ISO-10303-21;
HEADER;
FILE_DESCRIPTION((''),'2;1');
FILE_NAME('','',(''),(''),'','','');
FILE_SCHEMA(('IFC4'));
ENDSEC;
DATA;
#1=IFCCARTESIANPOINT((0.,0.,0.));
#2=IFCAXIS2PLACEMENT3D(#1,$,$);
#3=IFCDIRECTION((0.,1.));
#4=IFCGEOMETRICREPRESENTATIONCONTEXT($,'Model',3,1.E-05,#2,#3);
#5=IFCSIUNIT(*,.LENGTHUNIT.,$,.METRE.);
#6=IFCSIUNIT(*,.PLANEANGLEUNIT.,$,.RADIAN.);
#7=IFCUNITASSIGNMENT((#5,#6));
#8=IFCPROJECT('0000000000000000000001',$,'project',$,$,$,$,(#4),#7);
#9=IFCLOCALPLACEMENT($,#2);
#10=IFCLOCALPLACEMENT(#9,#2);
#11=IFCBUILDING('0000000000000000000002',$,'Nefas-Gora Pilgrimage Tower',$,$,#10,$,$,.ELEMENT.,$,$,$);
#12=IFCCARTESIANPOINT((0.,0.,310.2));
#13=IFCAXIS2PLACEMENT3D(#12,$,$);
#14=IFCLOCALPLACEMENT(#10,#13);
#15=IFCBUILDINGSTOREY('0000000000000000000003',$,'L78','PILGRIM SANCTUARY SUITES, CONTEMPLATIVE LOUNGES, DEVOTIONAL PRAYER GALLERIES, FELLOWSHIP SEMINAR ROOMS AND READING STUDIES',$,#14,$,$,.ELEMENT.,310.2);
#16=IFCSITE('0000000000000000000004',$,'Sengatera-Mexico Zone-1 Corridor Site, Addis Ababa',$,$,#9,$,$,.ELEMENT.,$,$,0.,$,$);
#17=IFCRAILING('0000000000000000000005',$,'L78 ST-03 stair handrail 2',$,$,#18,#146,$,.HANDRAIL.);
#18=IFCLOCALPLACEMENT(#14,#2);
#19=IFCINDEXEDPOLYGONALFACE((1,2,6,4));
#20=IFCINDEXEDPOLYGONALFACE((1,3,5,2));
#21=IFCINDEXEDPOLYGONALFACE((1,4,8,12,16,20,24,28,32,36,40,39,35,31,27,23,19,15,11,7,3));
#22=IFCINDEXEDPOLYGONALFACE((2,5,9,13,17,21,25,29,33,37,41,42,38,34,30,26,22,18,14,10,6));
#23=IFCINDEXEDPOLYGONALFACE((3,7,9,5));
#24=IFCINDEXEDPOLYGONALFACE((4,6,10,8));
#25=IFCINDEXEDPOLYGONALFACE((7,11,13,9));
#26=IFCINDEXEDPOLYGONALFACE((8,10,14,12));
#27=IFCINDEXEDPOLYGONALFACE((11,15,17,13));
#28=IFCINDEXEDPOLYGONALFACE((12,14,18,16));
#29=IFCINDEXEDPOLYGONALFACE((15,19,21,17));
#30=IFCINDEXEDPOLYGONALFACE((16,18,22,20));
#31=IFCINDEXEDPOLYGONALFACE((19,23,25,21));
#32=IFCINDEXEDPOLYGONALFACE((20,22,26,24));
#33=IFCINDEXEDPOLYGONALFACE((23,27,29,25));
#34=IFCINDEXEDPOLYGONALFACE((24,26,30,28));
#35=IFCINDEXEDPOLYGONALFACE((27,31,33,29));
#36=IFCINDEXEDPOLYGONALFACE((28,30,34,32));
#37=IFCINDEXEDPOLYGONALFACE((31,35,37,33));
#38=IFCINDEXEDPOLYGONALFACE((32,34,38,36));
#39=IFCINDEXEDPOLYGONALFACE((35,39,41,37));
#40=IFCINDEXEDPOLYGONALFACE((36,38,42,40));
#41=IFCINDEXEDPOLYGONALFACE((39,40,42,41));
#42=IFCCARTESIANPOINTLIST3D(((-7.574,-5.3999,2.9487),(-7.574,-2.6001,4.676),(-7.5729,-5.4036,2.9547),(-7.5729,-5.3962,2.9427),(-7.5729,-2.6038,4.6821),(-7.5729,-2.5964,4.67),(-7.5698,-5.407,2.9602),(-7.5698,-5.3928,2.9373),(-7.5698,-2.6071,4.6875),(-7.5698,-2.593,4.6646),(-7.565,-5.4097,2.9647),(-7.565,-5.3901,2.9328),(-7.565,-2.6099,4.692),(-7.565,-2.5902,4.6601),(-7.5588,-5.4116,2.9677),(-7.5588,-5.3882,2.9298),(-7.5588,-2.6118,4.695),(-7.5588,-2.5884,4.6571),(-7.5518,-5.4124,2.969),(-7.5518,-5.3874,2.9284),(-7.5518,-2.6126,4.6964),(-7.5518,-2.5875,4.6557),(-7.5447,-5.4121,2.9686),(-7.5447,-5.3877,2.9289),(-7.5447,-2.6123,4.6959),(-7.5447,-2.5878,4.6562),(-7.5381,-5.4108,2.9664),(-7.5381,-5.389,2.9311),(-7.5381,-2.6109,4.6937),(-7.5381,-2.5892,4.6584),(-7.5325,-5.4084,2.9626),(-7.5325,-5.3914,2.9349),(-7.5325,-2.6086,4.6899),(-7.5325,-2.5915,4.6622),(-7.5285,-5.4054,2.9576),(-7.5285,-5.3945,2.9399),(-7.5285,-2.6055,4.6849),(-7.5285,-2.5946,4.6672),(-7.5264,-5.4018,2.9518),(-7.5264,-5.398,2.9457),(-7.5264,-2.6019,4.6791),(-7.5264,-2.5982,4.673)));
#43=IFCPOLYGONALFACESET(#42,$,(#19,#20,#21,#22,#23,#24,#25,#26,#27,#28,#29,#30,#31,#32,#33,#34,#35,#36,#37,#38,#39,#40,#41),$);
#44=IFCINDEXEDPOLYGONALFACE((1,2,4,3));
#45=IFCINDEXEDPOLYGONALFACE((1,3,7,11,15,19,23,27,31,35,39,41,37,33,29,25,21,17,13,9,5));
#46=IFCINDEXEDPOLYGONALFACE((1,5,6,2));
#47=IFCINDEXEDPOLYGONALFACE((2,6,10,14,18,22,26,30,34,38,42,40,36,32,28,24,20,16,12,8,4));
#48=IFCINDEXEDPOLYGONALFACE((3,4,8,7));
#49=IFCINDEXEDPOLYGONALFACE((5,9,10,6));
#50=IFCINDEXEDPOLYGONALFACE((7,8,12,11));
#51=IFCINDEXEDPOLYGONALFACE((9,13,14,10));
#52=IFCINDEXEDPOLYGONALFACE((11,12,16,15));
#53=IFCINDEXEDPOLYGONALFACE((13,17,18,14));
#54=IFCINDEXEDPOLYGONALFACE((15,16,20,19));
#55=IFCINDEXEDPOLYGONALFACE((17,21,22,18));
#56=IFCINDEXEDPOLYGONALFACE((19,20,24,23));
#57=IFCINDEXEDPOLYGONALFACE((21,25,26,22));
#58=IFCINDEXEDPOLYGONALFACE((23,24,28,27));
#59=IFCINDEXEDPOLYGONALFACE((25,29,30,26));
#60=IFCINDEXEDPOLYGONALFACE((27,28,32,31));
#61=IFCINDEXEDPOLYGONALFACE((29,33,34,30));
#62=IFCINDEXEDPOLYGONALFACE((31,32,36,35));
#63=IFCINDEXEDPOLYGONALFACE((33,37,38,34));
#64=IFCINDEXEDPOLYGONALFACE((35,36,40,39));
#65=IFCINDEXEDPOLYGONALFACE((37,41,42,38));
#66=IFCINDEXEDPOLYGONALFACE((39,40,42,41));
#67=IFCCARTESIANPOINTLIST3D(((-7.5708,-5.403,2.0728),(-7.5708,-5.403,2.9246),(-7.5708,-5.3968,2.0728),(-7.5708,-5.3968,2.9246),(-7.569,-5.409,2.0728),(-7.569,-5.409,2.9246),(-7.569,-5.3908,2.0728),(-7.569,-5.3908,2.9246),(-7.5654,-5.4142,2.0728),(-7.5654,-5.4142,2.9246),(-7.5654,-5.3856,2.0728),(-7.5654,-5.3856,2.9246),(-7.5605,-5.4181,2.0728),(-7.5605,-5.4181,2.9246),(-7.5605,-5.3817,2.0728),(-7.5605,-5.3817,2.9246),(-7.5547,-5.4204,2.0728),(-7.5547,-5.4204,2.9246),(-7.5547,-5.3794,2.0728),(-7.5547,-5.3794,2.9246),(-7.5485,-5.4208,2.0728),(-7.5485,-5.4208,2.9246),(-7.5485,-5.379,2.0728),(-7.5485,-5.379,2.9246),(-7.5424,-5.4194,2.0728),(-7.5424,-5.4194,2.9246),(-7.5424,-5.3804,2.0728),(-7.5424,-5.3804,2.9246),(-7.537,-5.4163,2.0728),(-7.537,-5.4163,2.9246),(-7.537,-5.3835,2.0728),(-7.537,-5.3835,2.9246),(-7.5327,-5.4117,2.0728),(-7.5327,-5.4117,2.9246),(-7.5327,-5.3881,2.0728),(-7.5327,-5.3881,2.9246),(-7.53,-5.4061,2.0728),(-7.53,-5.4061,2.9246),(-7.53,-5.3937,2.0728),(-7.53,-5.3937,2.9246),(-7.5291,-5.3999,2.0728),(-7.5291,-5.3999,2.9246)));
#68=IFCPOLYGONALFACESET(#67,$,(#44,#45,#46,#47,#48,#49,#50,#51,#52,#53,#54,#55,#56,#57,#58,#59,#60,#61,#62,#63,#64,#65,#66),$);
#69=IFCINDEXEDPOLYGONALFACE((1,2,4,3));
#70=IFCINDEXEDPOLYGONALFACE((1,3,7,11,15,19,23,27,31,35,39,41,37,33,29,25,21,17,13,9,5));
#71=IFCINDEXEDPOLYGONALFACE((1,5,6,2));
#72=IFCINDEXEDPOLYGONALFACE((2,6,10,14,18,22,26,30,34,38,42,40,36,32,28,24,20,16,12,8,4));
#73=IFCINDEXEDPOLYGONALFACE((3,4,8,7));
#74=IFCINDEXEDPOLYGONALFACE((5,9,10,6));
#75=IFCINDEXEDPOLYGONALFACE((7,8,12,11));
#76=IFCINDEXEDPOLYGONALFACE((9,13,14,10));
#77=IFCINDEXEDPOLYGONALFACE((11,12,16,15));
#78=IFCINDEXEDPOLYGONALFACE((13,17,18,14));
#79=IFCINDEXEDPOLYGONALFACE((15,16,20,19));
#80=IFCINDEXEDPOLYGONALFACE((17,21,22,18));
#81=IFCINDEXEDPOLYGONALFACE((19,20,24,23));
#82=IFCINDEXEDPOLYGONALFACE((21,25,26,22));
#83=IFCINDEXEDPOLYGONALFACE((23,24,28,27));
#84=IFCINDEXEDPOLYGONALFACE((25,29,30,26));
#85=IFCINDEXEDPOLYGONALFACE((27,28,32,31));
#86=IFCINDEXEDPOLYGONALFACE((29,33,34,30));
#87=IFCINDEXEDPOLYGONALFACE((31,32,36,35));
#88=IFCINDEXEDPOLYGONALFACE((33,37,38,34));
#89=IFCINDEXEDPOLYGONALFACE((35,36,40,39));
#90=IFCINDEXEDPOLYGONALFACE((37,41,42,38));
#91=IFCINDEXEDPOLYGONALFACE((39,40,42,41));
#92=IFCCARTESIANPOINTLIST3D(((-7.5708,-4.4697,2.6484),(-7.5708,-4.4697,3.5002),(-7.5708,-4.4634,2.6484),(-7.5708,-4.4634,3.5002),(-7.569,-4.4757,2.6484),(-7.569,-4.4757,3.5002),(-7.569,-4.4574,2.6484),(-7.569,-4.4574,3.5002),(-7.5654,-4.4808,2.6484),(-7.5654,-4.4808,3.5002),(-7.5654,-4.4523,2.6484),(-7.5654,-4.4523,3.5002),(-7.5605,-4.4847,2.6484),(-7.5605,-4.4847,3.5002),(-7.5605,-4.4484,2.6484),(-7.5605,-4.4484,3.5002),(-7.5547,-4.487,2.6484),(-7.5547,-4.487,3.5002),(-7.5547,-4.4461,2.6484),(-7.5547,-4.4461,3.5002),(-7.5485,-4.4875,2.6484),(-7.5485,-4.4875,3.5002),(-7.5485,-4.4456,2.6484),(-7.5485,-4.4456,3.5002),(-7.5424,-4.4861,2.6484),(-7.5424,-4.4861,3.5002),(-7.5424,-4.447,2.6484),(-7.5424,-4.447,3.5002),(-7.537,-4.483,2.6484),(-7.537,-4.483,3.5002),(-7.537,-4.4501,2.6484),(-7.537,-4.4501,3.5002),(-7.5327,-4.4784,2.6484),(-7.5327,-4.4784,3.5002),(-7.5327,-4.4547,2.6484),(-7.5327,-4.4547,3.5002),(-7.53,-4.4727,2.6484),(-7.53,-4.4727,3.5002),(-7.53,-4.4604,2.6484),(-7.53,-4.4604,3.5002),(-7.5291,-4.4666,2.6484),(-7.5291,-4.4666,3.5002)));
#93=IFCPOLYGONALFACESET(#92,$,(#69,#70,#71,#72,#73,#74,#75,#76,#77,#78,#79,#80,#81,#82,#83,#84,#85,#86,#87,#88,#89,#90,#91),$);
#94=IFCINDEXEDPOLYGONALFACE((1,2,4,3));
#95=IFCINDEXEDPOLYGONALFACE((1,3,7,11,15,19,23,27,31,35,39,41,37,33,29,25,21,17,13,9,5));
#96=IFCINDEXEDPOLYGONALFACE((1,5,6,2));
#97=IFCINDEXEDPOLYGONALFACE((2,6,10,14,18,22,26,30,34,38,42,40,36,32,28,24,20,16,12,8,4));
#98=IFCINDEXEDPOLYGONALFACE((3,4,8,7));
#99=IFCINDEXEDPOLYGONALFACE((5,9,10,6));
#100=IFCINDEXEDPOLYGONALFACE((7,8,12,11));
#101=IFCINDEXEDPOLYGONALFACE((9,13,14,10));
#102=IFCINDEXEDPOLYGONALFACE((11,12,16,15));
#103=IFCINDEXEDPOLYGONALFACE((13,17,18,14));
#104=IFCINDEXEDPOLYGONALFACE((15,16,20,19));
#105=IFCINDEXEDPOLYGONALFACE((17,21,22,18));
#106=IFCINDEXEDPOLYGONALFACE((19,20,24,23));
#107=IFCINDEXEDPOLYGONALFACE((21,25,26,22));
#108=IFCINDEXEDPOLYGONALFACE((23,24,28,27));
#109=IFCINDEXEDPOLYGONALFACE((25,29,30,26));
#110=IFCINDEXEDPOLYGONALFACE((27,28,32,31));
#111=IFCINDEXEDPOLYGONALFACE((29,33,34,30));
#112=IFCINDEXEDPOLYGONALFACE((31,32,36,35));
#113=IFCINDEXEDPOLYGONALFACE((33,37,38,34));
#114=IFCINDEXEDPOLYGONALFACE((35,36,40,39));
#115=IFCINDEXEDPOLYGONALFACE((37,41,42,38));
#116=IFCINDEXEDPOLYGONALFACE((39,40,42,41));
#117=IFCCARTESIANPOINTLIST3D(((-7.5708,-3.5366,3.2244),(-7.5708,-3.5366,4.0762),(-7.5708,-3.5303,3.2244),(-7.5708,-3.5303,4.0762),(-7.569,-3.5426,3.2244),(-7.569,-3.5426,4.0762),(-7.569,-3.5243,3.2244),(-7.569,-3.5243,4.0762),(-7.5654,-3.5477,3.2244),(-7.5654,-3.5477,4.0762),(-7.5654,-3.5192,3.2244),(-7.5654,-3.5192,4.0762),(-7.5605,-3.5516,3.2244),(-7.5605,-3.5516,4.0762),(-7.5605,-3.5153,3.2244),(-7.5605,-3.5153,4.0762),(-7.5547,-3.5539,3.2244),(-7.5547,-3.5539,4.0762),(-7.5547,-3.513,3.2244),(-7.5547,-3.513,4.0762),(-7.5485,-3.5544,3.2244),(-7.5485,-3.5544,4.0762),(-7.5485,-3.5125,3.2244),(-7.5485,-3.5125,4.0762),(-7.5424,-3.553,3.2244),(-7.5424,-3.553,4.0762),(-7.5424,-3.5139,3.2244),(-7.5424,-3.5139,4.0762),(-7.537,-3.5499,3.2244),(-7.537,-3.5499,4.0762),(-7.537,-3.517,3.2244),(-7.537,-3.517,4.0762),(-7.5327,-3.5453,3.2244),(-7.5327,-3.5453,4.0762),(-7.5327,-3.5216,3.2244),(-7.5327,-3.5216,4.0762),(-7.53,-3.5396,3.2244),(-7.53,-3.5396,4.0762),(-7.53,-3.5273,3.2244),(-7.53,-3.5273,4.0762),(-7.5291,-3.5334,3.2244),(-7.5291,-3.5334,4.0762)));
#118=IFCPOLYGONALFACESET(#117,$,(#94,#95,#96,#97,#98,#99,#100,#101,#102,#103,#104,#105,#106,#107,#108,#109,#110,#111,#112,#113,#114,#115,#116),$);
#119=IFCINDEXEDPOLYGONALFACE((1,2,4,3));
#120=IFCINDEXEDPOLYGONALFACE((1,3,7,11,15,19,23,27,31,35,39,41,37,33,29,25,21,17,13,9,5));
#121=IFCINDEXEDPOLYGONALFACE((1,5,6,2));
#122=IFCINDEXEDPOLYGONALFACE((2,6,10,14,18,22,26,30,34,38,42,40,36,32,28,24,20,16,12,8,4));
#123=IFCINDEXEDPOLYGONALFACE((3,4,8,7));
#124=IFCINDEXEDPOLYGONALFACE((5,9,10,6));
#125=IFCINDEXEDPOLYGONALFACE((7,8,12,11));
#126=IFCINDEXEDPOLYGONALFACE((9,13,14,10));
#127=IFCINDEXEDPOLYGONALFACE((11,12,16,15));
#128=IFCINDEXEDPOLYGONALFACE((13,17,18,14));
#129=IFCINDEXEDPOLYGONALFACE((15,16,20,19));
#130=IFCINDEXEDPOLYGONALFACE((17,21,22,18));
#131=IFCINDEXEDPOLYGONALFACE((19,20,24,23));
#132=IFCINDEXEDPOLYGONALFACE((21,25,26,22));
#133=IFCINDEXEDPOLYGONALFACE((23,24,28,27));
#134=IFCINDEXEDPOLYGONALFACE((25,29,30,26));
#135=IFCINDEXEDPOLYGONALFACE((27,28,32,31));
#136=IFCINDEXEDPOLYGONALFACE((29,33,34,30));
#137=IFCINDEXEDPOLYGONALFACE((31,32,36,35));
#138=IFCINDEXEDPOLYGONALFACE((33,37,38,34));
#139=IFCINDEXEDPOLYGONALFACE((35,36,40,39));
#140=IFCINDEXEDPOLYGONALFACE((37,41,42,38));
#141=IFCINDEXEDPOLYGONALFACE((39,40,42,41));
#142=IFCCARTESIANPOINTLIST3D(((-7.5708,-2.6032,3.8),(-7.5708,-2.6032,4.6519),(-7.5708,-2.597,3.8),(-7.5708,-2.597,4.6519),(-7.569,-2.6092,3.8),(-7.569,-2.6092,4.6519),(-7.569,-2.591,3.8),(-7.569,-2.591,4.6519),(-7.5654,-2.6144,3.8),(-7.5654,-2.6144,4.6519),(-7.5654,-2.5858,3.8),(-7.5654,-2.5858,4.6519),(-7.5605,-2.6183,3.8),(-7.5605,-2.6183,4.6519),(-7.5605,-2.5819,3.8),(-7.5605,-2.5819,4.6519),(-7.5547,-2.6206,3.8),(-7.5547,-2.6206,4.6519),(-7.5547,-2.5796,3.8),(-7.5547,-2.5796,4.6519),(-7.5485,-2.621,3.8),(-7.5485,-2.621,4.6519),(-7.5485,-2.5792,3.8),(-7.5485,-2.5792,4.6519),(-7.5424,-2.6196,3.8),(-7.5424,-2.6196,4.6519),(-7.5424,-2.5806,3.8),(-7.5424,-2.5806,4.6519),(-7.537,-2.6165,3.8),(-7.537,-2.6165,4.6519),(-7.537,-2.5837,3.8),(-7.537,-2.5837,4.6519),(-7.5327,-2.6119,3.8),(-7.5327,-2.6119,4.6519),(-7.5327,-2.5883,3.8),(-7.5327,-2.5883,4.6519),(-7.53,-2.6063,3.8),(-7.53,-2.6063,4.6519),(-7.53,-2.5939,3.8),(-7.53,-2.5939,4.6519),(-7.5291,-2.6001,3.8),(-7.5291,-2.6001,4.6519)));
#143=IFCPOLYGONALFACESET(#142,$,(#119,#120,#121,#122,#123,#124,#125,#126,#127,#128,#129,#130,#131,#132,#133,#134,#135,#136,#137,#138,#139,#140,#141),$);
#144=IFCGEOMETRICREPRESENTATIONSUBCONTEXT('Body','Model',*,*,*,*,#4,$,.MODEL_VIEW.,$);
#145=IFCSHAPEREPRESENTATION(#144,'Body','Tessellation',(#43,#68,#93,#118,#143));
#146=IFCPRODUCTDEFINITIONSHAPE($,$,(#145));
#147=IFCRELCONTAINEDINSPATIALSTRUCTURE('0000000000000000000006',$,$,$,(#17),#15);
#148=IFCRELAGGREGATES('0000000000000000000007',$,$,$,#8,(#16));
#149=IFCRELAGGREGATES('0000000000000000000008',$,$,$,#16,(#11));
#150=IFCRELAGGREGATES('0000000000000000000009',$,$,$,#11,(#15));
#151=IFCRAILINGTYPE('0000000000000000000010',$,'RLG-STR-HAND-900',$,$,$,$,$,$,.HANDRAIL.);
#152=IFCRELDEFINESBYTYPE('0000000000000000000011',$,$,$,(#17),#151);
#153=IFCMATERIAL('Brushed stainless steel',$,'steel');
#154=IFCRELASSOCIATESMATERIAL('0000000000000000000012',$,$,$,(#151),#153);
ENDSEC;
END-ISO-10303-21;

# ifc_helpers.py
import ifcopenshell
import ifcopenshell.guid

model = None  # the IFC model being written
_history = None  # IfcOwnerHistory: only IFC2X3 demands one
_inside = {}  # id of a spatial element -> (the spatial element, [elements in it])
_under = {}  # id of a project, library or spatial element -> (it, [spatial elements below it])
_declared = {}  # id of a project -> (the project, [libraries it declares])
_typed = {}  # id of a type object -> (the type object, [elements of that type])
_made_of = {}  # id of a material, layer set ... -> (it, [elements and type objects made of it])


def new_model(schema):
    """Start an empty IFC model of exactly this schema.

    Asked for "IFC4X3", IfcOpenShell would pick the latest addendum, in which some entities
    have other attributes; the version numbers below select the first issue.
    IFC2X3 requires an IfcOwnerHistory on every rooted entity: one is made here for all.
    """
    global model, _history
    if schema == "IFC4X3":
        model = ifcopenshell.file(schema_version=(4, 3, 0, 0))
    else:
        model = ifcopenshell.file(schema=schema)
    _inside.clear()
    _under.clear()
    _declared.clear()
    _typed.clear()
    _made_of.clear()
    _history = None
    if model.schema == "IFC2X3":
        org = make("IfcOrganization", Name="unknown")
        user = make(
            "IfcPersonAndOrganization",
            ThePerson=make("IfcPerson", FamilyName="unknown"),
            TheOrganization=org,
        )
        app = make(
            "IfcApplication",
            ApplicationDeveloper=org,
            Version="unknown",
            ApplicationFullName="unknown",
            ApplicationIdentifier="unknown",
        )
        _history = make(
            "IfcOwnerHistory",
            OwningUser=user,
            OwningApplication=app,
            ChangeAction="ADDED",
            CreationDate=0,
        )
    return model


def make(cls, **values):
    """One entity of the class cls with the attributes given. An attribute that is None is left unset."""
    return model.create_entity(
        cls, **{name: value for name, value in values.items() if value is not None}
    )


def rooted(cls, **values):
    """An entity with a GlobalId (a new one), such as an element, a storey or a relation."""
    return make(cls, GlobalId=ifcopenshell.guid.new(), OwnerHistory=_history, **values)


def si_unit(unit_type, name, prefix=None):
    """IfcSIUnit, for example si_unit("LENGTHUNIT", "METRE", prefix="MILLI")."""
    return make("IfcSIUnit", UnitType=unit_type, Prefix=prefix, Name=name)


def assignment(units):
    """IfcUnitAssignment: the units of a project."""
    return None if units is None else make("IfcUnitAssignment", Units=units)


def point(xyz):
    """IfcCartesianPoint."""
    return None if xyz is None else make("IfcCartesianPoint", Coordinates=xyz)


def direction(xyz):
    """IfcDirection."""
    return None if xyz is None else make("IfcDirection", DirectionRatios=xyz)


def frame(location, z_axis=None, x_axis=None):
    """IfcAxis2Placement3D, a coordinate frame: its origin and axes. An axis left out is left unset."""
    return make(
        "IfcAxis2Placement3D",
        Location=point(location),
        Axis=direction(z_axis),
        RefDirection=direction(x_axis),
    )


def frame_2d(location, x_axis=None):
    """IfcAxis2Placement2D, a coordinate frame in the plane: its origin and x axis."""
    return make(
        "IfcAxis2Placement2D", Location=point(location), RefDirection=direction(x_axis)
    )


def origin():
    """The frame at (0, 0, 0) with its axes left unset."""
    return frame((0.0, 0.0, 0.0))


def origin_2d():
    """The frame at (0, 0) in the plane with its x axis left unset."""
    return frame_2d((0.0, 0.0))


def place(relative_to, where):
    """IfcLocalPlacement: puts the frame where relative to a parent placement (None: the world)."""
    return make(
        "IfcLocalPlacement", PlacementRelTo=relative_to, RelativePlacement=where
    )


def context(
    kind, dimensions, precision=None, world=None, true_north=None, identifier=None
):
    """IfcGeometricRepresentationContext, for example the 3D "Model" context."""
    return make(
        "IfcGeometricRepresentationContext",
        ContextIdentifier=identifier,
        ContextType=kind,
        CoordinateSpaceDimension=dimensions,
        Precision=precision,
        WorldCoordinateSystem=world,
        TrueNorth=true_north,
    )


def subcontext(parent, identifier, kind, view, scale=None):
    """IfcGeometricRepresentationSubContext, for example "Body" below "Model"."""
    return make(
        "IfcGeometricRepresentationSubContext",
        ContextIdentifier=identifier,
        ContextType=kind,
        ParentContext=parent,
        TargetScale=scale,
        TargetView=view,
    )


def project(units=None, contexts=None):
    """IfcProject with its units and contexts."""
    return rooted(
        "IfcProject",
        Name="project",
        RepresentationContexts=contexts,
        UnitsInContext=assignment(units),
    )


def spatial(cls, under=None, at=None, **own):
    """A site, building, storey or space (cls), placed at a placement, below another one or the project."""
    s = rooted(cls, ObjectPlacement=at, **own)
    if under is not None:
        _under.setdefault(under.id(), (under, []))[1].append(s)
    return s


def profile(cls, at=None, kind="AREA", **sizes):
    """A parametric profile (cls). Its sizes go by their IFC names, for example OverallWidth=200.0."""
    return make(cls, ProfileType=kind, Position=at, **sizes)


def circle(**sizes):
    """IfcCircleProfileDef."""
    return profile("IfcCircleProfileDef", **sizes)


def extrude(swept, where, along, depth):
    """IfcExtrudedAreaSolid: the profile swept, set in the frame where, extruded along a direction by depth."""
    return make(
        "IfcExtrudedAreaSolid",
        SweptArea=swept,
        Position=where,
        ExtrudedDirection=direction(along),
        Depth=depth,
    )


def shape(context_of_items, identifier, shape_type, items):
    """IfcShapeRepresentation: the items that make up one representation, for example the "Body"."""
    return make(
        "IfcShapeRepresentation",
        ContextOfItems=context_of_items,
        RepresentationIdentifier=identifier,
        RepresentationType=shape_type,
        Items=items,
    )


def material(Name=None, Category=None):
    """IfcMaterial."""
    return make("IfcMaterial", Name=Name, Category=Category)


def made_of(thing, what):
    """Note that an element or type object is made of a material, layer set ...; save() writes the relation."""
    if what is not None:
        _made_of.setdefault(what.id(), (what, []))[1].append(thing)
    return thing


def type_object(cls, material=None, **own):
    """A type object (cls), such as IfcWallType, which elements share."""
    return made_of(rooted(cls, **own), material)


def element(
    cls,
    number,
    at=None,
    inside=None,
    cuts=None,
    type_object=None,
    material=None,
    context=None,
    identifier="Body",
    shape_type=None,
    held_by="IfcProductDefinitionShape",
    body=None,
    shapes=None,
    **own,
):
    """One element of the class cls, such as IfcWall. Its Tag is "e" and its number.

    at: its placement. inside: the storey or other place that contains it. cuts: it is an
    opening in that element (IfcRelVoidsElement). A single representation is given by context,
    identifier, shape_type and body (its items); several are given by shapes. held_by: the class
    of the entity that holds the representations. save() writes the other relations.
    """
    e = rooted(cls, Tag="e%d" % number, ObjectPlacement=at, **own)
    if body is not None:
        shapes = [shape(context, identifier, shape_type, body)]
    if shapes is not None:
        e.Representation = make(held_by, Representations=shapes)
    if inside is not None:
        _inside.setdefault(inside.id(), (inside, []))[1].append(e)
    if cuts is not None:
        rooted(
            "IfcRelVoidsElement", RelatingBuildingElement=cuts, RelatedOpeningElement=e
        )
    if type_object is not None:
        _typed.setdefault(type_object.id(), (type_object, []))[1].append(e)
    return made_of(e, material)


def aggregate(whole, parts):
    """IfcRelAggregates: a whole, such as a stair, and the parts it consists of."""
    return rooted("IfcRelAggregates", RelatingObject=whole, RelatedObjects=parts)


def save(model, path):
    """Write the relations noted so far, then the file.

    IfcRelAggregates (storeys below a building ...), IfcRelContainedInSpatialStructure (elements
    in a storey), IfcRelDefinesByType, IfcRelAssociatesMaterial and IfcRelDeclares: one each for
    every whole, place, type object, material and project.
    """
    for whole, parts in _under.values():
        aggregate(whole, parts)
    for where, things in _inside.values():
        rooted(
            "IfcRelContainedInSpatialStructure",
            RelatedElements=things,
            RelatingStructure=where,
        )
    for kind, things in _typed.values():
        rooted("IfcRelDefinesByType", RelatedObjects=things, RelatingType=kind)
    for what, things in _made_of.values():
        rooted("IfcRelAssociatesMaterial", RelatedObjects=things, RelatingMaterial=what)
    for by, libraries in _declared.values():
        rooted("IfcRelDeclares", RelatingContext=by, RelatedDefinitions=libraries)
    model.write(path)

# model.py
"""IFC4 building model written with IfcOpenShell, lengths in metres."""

from ifc_helpers import new_model, si_unit, direction, frame, origin, origin_2d, place, context, subcontext, project, spatial, circle, extrude, material, type_object, element, save


model = new_model("IFC4")

# Units and contexts
model_context = context("Model", 3, precision=1e-05, world=origin(), true_north=direction((0.0, 1.0)))
body_context = subcontext(model_context, "Body", "Model", "MODEL_VIEW")
ifc_project = project(units=[si_unit("LENGTHUNIT", "METRE"), si_unit("PLANEANGLEUNIT", "RADIAN")], contexts=[model_context])

# Site, building, storey
site_placement = place(None, origin())
site = spatial("IfcSite", under=ifc_project, at=site_placement, Name="Sengatera-Mexico Zone-1 Corridor Site, Addis Ababa", CompositionType="ELEMENT", RefElevation=0.0)
building_placement = place(site_placement, origin())
building = spatial("IfcBuilding", under=site, at=building_placement, Name="Nefas-Gora Pilgrimage Tower", CompositionType="ELEMENT")
storey_placement = place(building_placement, frame((0.0, 0.0, 310.2)))
storey = spatial("IfcBuildingStorey", under=building, at=storey_placement, Name="L78", Description="PILGRIM SANCTUARY SUITES, CONTEMPLATIVE LOUNGES, DEVOTIONAL PRAYER GALLERIES, FELLOWSHIP SEMINAR ROOMS AND READING STUDIES", CompositionType="ELEMENT", Elevation=310.2)

# Railing
ifc_material_1 = material(Name="Brushed stainless steel", Category="steel")
railing_type_1 = type_object("IfcRailingType", Name="RLG-STR-HAND-900", PredefinedType="HANDRAIL", material=ifc_material_1)
railing_1_placement = place(storey_placement, frame((-7.55, -5.3999, 2.0728)))
element("IfcRailing", 1, at=railing_1_placement, inside=storey, type_object=railing_type_1, Name="L78 ST-03 stair handrail 2", PredefinedType="HANDRAIL", context=body_context, shape_type="SweptSolid", body=[
    extrude(circle(Radius=0.0239, at=origin_2d()), frame((0.0, 0.0, 0.876), z_axis=(0.0, 0.851069, 0.525054), x_axis=(-1.0, 0.0, 0.0)), (0.0, 0.0, 1.0), 3.2898),
    extrude(circle(Radius=0.021, at=origin_2d()), origin(), (0.0, 0.0, 1.0), 0.8518),
    extrude(circle(Radius=0.021, at=origin_2d()), frame((0.0, 0.9333, 0.5757)), (0.0, 0.0, 1.0), 0.8518),
    extrude(circle(Radius=0.021, at=origin_2d()), frame((0.0, 1.8665, 1.1516)), (0.0, 0.0, 1.0), 0.8518),
    extrude(circle(Radius=0.021, at=origin_2d()), frame((0.0, 2.7998, 1.7273)), (0.0, 0.0, 1.0), 0.8518),
])

save(model, "model.ifc")
